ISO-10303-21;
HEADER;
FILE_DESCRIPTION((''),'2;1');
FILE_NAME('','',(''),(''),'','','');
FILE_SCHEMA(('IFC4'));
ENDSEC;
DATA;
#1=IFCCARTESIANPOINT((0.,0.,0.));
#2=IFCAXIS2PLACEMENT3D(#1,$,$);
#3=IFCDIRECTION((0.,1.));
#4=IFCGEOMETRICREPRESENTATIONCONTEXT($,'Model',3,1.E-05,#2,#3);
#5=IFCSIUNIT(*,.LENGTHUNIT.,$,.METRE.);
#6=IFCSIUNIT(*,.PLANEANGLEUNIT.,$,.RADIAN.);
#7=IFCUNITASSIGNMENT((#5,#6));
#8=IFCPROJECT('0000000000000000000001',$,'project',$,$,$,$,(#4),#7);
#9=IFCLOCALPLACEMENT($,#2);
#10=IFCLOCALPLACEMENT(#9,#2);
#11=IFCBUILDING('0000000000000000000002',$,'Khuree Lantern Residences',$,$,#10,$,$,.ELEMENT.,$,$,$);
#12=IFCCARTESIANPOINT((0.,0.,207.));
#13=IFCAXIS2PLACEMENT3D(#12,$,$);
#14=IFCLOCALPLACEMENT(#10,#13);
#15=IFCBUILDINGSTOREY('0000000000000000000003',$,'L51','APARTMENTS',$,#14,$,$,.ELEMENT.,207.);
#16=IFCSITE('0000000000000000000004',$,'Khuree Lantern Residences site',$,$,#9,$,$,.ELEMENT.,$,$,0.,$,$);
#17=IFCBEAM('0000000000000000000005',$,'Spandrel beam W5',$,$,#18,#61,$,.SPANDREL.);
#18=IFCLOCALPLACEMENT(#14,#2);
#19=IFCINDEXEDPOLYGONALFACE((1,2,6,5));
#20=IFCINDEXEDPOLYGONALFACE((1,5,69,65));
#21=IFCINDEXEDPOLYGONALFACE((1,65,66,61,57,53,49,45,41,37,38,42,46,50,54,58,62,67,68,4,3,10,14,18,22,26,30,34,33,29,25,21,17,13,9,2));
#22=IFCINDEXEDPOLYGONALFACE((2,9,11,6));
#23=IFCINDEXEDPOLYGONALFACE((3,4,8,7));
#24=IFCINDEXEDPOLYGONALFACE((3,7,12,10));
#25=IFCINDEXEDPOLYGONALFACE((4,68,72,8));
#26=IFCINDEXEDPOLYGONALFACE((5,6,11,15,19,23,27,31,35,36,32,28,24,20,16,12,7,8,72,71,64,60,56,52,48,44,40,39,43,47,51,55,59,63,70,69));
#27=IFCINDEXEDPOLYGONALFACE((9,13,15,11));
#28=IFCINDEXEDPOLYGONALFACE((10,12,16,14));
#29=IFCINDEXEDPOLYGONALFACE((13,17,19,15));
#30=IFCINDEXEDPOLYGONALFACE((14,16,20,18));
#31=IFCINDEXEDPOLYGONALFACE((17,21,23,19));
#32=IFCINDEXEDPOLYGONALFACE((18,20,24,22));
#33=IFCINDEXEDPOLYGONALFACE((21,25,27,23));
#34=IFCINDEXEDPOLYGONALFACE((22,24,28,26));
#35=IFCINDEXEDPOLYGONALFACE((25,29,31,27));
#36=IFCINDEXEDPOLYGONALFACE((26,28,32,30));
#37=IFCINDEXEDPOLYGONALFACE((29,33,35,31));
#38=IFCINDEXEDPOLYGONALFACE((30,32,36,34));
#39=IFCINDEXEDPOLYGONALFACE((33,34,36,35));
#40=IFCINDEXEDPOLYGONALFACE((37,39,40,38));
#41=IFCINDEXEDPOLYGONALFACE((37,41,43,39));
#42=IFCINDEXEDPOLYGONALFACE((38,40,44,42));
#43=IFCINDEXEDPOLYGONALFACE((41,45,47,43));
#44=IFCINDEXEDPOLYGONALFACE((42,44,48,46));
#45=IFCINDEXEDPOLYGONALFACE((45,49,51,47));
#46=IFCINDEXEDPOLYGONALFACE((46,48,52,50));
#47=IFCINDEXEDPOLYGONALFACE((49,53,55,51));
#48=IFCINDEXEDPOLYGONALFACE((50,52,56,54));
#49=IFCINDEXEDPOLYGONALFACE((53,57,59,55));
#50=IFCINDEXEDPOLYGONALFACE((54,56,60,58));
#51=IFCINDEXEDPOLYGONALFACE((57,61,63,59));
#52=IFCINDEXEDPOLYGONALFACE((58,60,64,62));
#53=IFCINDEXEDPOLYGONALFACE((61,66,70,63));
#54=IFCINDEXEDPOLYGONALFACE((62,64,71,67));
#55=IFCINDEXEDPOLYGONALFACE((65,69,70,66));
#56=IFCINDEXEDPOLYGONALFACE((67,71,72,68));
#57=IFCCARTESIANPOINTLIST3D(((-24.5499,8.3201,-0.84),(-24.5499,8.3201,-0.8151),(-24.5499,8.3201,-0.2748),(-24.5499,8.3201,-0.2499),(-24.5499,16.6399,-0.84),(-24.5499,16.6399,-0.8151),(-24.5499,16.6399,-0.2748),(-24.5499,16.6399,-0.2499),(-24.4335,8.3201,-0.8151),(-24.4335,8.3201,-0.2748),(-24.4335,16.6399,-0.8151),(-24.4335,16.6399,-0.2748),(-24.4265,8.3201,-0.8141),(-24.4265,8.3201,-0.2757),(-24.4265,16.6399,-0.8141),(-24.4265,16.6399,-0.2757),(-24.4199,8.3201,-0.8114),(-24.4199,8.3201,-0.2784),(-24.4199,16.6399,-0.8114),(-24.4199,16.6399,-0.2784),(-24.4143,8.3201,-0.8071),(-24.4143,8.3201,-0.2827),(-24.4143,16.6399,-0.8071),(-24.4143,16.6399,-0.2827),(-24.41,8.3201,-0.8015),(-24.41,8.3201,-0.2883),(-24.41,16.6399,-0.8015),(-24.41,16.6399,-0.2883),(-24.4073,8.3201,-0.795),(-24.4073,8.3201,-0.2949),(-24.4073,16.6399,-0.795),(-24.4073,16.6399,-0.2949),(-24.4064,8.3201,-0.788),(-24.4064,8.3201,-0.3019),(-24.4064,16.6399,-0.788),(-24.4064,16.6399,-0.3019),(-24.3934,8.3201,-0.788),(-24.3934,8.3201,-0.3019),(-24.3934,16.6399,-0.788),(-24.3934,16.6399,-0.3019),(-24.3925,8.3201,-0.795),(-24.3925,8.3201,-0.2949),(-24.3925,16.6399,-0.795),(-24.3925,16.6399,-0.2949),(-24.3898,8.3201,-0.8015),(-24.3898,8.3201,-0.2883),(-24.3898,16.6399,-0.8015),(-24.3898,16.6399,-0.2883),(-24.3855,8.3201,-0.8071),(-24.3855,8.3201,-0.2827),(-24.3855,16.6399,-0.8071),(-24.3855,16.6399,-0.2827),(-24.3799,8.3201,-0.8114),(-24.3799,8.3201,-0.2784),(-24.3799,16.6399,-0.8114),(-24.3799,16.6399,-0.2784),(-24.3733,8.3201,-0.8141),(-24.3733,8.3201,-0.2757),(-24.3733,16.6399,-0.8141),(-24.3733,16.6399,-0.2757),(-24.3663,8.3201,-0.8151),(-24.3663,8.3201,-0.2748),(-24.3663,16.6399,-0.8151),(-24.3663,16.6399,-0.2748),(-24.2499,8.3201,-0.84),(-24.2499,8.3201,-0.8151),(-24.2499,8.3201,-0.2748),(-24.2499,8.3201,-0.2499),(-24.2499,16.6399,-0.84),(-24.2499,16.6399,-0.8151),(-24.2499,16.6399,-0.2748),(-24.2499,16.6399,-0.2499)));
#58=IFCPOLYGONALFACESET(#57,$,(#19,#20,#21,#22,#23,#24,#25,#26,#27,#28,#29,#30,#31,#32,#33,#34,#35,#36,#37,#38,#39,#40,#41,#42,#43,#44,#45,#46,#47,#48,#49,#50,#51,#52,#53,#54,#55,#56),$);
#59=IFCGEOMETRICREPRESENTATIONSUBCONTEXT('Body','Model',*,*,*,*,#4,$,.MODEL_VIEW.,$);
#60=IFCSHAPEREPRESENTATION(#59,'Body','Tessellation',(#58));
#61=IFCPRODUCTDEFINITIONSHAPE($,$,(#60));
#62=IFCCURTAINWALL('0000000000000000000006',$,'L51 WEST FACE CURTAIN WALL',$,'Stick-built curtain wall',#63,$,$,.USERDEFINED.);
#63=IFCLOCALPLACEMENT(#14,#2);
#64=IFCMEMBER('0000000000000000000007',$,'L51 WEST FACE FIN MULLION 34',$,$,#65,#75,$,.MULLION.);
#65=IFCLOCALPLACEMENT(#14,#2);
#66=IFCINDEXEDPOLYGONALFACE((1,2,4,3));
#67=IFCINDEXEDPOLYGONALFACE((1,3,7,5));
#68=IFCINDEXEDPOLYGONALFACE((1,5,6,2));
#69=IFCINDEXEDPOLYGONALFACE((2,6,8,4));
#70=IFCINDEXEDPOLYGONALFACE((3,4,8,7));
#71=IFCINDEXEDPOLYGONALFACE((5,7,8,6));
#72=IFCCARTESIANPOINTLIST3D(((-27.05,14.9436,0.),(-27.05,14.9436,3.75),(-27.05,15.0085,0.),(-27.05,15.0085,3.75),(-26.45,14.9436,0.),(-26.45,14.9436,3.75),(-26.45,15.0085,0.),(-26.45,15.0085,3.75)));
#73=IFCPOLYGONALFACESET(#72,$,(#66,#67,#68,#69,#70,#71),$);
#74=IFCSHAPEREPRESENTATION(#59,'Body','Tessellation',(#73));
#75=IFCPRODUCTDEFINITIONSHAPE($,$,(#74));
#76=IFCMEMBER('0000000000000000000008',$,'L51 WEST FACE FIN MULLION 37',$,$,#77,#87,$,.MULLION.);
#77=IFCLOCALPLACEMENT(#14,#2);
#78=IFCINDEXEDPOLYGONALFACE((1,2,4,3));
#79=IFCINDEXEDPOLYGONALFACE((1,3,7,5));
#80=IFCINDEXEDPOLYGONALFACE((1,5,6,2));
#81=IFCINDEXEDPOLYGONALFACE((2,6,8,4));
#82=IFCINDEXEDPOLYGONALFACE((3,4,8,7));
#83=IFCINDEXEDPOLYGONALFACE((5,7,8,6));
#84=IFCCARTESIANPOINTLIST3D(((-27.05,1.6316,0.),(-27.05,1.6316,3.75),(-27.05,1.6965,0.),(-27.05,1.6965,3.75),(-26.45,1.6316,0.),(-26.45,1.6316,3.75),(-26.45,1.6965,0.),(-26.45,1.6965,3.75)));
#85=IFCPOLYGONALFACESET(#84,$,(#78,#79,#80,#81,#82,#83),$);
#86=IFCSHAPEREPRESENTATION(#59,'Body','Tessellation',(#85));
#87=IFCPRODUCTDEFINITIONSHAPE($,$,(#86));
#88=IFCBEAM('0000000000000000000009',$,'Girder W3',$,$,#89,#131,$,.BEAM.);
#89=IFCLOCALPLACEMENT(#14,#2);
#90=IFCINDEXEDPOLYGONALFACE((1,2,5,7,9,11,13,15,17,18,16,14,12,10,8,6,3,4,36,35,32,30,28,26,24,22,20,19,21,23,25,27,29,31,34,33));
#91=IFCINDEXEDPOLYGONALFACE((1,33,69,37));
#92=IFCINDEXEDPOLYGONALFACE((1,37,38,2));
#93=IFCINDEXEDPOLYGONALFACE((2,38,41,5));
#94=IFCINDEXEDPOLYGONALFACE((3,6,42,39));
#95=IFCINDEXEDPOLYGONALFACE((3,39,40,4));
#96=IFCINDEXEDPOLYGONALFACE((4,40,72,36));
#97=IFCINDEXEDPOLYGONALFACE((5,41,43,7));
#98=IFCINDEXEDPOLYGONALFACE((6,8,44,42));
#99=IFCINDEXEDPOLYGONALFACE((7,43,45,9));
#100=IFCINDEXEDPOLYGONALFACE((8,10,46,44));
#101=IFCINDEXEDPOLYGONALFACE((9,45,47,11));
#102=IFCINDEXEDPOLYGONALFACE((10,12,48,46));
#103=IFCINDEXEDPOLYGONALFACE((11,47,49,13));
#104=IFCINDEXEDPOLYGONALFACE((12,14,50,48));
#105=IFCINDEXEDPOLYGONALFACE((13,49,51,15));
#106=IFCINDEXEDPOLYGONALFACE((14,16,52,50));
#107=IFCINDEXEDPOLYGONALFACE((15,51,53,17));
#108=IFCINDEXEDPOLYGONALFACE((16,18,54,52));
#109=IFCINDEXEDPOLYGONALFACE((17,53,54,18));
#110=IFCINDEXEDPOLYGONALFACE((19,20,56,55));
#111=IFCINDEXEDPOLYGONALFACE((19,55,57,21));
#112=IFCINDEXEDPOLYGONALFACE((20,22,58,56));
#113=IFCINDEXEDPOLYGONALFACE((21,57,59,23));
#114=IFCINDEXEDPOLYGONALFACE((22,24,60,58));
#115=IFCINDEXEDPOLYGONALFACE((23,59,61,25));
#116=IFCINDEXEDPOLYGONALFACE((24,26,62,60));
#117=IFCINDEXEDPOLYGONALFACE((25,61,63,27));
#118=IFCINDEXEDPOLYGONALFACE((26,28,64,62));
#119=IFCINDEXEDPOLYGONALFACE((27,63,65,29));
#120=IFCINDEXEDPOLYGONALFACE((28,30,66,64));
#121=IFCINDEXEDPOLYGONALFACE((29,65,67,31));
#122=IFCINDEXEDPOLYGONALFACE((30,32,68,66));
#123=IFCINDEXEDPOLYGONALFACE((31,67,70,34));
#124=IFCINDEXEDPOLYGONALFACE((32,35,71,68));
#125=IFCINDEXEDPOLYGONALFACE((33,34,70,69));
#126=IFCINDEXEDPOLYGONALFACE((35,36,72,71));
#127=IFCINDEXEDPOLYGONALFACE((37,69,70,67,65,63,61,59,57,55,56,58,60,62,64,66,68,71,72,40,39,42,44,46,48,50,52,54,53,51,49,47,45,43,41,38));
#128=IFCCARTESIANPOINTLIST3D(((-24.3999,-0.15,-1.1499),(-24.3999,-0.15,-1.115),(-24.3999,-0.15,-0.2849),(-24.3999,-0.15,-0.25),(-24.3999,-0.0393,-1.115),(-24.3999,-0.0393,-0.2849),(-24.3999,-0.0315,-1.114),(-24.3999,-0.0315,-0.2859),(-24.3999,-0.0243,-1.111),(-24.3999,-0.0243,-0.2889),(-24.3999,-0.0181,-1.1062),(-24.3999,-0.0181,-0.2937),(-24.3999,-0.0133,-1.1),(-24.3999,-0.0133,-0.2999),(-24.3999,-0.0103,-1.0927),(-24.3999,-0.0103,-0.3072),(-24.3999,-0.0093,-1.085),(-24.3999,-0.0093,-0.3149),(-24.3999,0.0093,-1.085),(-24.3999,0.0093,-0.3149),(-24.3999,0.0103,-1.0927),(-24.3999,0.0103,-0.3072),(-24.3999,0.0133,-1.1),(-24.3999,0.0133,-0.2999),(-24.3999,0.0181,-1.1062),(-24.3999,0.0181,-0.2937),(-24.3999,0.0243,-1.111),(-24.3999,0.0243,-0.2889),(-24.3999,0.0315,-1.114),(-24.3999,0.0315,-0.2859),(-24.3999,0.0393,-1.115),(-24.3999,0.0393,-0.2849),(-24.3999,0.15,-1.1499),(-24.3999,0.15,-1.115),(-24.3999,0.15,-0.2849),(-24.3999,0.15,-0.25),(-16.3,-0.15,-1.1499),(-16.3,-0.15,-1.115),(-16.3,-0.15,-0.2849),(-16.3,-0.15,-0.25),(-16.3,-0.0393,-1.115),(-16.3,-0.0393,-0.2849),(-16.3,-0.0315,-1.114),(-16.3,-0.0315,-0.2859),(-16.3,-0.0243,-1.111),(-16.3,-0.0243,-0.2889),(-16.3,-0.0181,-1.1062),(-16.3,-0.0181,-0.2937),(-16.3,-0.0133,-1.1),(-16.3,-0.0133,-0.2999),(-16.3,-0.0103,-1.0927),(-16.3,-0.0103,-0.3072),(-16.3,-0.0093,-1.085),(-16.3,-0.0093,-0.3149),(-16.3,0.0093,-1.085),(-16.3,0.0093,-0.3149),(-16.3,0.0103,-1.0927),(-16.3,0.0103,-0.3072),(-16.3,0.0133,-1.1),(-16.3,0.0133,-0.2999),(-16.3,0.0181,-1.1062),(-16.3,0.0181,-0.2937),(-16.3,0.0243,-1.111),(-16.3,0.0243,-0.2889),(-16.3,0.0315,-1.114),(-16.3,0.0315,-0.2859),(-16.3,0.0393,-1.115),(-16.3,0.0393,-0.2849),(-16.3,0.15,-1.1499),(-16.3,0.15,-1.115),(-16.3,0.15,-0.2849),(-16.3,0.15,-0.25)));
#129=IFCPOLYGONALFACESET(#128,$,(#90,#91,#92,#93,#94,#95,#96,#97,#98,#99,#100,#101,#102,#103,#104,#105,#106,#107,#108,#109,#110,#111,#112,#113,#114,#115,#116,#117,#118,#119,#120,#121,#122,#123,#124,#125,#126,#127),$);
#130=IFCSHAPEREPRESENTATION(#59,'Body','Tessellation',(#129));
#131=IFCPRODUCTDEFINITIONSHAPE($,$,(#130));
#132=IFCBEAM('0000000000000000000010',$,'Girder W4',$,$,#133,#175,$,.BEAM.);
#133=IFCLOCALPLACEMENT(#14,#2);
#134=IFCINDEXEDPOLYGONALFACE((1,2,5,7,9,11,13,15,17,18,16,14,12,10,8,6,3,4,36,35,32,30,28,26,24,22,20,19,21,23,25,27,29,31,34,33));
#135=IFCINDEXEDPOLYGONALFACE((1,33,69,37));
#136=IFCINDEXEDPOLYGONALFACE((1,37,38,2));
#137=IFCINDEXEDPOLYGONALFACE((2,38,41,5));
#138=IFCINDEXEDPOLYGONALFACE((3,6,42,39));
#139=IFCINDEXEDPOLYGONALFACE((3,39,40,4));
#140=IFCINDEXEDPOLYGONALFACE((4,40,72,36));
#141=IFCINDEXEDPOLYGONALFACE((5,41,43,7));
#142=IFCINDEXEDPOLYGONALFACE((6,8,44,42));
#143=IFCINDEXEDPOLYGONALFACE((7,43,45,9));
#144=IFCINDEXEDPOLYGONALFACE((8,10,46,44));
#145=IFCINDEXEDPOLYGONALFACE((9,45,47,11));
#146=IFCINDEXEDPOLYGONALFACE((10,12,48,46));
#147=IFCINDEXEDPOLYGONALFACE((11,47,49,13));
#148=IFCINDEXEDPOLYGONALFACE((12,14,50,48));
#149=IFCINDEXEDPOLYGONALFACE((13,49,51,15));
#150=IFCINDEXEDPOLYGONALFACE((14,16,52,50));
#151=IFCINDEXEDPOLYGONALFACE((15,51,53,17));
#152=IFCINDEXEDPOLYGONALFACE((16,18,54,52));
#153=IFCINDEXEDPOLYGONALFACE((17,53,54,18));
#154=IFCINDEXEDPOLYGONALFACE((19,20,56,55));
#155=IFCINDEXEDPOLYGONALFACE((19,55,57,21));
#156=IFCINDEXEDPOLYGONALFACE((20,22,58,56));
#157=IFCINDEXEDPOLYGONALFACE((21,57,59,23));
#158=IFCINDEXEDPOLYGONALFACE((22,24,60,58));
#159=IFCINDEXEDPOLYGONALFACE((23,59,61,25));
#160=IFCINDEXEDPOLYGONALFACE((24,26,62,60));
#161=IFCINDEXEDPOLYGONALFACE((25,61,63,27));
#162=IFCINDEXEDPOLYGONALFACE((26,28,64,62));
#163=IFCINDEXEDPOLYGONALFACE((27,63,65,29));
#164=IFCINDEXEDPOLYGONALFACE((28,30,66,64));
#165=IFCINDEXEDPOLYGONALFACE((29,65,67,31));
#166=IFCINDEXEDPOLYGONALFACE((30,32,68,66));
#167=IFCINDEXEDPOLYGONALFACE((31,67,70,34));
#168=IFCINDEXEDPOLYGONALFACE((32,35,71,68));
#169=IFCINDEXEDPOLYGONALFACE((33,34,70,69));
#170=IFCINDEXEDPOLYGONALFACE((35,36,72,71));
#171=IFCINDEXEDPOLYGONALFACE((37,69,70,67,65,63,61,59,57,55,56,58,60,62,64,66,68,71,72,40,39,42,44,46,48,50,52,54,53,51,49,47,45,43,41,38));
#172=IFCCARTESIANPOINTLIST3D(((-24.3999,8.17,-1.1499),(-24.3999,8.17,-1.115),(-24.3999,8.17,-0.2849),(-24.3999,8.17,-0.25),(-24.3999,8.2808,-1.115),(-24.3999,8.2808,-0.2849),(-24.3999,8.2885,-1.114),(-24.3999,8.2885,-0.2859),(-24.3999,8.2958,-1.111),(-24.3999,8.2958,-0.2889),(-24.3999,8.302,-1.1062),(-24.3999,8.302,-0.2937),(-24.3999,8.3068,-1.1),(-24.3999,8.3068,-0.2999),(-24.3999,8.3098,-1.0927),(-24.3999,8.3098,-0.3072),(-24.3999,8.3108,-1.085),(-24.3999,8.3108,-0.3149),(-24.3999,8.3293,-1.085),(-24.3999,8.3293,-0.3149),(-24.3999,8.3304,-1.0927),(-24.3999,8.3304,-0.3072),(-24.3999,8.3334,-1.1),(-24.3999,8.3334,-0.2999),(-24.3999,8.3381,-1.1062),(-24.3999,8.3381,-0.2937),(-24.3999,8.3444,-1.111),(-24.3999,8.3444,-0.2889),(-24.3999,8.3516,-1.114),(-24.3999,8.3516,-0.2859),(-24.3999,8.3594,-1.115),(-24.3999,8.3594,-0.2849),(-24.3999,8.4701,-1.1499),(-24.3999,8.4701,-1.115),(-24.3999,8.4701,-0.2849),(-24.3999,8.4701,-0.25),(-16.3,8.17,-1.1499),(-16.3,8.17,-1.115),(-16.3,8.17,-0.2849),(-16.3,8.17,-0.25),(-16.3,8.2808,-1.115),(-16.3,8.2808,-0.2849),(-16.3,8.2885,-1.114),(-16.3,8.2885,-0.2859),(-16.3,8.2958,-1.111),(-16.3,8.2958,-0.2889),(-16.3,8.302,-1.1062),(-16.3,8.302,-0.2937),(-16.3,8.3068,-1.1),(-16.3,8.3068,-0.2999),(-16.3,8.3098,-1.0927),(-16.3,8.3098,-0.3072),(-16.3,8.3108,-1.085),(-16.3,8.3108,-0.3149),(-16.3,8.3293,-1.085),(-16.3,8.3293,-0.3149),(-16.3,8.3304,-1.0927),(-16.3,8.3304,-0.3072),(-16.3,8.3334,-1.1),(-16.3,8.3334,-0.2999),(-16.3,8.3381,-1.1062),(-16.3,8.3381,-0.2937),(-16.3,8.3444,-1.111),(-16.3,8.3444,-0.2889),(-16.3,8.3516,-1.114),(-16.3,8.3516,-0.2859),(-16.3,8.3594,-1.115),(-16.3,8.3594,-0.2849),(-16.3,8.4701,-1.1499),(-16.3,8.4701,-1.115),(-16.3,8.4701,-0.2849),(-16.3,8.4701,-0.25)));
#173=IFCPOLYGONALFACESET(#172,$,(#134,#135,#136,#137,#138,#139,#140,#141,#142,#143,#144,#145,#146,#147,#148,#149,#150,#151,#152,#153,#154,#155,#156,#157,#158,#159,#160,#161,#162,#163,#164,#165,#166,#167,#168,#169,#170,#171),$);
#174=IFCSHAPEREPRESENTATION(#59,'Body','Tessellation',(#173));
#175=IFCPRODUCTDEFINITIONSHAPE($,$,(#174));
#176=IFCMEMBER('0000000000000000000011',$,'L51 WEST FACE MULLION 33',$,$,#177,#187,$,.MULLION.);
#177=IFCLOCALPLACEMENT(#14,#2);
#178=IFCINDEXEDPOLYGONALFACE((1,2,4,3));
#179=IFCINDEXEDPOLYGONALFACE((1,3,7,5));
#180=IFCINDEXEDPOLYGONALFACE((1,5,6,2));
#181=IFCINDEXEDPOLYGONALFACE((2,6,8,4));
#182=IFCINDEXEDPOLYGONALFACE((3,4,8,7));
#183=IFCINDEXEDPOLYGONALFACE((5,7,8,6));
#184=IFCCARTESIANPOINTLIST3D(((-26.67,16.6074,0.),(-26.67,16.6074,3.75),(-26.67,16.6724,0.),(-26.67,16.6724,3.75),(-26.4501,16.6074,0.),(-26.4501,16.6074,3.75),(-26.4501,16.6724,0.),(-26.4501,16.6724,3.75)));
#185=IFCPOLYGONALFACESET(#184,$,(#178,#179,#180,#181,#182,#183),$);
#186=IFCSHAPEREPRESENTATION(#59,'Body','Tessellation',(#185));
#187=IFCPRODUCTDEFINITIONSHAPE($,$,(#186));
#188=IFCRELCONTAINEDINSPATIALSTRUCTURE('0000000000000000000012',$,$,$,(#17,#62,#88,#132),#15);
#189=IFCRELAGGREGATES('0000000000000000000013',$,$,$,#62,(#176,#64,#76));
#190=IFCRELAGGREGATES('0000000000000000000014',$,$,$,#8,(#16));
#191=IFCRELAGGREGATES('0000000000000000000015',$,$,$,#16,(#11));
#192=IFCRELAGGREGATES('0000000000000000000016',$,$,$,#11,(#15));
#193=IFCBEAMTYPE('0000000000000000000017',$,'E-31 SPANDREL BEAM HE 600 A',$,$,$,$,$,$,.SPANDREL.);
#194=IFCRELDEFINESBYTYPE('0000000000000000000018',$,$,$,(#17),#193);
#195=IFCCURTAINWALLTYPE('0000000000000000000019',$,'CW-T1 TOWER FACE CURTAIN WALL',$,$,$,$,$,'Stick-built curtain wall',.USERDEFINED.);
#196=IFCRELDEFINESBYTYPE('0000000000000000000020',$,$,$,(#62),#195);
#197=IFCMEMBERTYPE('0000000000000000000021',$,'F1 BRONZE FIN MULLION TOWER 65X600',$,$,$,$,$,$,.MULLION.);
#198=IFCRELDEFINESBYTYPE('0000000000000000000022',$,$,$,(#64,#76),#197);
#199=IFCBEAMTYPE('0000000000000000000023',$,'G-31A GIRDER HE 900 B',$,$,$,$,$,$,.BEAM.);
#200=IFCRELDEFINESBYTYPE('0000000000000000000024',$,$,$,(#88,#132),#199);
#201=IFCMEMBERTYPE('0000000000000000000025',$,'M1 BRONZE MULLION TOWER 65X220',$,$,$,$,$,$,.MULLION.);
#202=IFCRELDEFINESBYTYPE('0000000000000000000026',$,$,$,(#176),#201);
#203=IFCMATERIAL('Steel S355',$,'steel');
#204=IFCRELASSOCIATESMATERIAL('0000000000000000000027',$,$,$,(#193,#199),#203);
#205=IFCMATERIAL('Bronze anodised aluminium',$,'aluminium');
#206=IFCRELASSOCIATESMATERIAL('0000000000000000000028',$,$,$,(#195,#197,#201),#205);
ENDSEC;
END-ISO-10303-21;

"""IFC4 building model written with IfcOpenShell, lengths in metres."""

from ifc_helpers import new_model, si_unit, direction, frame, origin, origin_2d, place, context, subcontext, project, spatial, rectangle, i_section, extrude, material, material_profile, profile_set, type_object, element, aggregate, save


model = new_model("IFC4")

# Units and contexts
model_context = context("Model", 3, precision=1e-05, world=origin(), true_north=direction((0.0, 1.0)))
body_context = subcontext(model_context, "Body", "Model", "MODEL_VIEW")
ifc_project = project(units=[si_unit("LENGTHUNIT", "METRE"), si_unit("PLANEANGLEUNIT", "RADIAN")], contexts=[model_context])

# Site, building, storey
site_placement = place(None, origin())
site = spatial("IfcSite", under=ifc_project, at=site_placement, Name="Khuree Lantern Residences site", CompositionType="ELEMENT", RefElevation=0.0)
building_placement = place(site_placement, origin())
building = spatial("IfcBuilding", under=site, at=building_placement, Name="Khuree Lantern Residences", CompositionType="ELEMENT")
storey_placement = place(building_placement, frame((0.0, 0.0, 207.0)))
storey = spatial("IfcBuildingStorey", under=building, at=storey_placement, Name="L51", Description="APARTMENTS", CompositionType="ELEMENT", Elevation=207.0)

# Beam
ifc_material_1 = material(Name="Steel S355", Category="steel")
ifc_material_profile_1 = material_profile(ifc_material_1, i_section(OverallWidth=0.3, OverallDepth=0.5901, WebThickness=0.0129, FlangeThickness=0.0249, FilletRadius=0.0271, at=origin_2d()), Name="HE 600 A")
ifc_profile_set_1 = profile_set([ifc_material_profile_1], Name="Steel S355")
beam_type_1 = type_object("IfcBeamType", Name="E-31 SPANDREL BEAM HE 600 A", PredefinedType="SPANDREL", material=ifc_profile_set_1)
beam_1_placement = place(storey_placement, frame((-24.3999, 8.3201, -0.5449), z_axis=(0.0, 1.0, 0.0), x_axis=(-1.0, 0.0, 0.0)))
element("IfcBeam", 1, at=beam_1_placement, inside=storey, type_object=beam_type_1, Name="Spandrel beam W5", PredefinedType="SPANDREL", context=body_context, shape_type="SweptSolid", body=[
    extrude(i_section(OverallWidth=0.3, OverallDepth=0.5901, WebThickness=0.0129, FlangeThickness=0.0249, FilletRadius=0.0271, at=origin_2d()), origin(), (0.0, 0.0, 1.0), 8.3198),
])

# Curtain wall, members
ifc_material_2 = material(Name="Bronze anodised aluminium", Category="aluminium")
curtain_wall_type = type_object("IfcCurtainWallType", Name="CW-T1 TOWER FACE CURTAIN WALL", ElementType="Stick-built curtain wall", PredefinedType="USERDEFINED", material=ifc_material_2)
curtain_wall_placement = place(storey_placement, origin())
curtain_wall = element("IfcCurtainWall", 2, at=curtain_wall_placement, inside=storey, type_object=curtain_wall_type, Name="L51 WEST FACE CURTAIN WALL", ObjectType="Stick-built curtain wall", PredefinedType="USERDEFINED")
ifc_material_profile_2 = material_profile(ifc_material_2, rectangle(XDim=0.0649, YDim=0.6001, at=origin_2d()), Name="F1 65X600")
ifc_profile_set_2 = profile_set([ifc_material_profile_2], Name="Bronze anodised aluminium")
member_type_1 = type_object("IfcMemberType", Name="F1 BRONZE FIN MULLION TOWER 65X600", PredefinedType="MULLION", material=ifc_profile_set_2)
member_1_placement = place(storey_placement, frame((-26.75, 14.9761, 0.0), z_axis=(0.0, 0.0, 1.0), x_axis=(0.0, -1.0, 0.0)))
member_1 = element("IfcMember", 3, at=member_1_placement, type_object=member_type_1, Name="L51 WEST FACE FIN MULLION 34", PredefinedType="MULLION", context=body_context, shape_type="SweptSolid", body=[
    extrude(rectangle(XDim=0.0649, YDim=0.6001, at=origin_2d()), origin(), (0.0, 0.0, 1.0), 3.75),
])
member_2_placement = place(storey_placement, frame((-26.75, 1.6641, 0.0), z_axis=(0.0, 0.0, 1.0), x_axis=(0.0, -1.0, 0.0)))
member_2 = element("IfcMember", 4, at=member_2_placement, type_object=member_type_1, Name="L51 WEST FACE FIN MULLION 37", PredefinedType="MULLION", context=body_context, shape_type="SweptSolid", body=[
    extrude(rectangle(XDim=0.0649, YDim=0.6001, at=origin_2d()), origin(), (0.0, 0.0, 1.0), 3.75),
])

# Beams
ifc_material_profile_3 = material_profile(ifc_material_1, i_section(OverallWidth=0.3, OverallDepth=0.8999, WebThickness=0.0186, FlangeThickness=0.0349, FilletRadius=0.03, at=origin_2d()), Name="HE 900 B")
ifc_profile_set_3 = profile_set([ifc_material_profile_3], Name="Steel S355")
beam_type_2 = type_object("IfcBeamType", Name="G-31A GIRDER HE 900 B", PredefinedType="BEAM", material=ifc_profile_set_3)
for number, where, z_axis, x_axis, name in (
    (5, (-24.3999, 0.0, -0.7), (1.0, 0.0, 0.0), (0.0, 1.0, 0.0), "Girder W3"),
    (6, (-24.3999, 8.3201, -0.7), (1.0, 0.0, 0.0), (0.0, 1.0, 0.0), "Girder W4"),
):
    element("IfcBeam", number, at=place(storey_placement, frame(where, z_axis=z_axis, x_axis=x_axis)), inside=storey, type_object=beam_type_2, Name=name, PredefinedType="BEAM", context=body_context, shape_type="SweptSolid", body=[
        extrude(i_section(OverallWidth=0.3, OverallDepth=0.8999, WebThickness=0.0186, FlangeThickness=0.0349, FilletRadius=0.03, at=origin_2d()), origin(), (0.0, 0.0, 1.0), 8.0999),
    ])

# Member
ifc_material_profile_4 = material_profile(ifc_material_2, rectangle(XDim=0.0649, YDim=0.22, at=origin_2d()), Name="M1 65X220")
ifc_profile_set_4 = profile_set([ifc_material_profile_4], Name="Bronze anodised aluminium")
member_type_2 = type_object("IfcMemberType", Name="M1 BRONZE MULLION TOWER 65X220", PredefinedType="MULLION", material=ifc_profile_set_4)
member_3_placement = place(storey_placement, frame((-26.5601, 16.6399, 0.0), z_axis=(0.0, 0.0, 1.0), x_axis=(0.0, -1.0, 0.0)))
member_3 = element("IfcMember", 7, at=member_3_placement, type_object=member_type_2, Name="L51 WEST FACE MULLION 33", PredefinedType="MULLION", context=body_context, shape_type="SweptSolid", body=[
    extrude(rectangle(XDim=0.0649, YDim=0.22, at=origin_2d()), origin(), (0.0, 0.0, 1.0), 3.75),
])

aggregate(curtain_wall, [member_3, member_1, member_2])

save(model, "model.ifc")
